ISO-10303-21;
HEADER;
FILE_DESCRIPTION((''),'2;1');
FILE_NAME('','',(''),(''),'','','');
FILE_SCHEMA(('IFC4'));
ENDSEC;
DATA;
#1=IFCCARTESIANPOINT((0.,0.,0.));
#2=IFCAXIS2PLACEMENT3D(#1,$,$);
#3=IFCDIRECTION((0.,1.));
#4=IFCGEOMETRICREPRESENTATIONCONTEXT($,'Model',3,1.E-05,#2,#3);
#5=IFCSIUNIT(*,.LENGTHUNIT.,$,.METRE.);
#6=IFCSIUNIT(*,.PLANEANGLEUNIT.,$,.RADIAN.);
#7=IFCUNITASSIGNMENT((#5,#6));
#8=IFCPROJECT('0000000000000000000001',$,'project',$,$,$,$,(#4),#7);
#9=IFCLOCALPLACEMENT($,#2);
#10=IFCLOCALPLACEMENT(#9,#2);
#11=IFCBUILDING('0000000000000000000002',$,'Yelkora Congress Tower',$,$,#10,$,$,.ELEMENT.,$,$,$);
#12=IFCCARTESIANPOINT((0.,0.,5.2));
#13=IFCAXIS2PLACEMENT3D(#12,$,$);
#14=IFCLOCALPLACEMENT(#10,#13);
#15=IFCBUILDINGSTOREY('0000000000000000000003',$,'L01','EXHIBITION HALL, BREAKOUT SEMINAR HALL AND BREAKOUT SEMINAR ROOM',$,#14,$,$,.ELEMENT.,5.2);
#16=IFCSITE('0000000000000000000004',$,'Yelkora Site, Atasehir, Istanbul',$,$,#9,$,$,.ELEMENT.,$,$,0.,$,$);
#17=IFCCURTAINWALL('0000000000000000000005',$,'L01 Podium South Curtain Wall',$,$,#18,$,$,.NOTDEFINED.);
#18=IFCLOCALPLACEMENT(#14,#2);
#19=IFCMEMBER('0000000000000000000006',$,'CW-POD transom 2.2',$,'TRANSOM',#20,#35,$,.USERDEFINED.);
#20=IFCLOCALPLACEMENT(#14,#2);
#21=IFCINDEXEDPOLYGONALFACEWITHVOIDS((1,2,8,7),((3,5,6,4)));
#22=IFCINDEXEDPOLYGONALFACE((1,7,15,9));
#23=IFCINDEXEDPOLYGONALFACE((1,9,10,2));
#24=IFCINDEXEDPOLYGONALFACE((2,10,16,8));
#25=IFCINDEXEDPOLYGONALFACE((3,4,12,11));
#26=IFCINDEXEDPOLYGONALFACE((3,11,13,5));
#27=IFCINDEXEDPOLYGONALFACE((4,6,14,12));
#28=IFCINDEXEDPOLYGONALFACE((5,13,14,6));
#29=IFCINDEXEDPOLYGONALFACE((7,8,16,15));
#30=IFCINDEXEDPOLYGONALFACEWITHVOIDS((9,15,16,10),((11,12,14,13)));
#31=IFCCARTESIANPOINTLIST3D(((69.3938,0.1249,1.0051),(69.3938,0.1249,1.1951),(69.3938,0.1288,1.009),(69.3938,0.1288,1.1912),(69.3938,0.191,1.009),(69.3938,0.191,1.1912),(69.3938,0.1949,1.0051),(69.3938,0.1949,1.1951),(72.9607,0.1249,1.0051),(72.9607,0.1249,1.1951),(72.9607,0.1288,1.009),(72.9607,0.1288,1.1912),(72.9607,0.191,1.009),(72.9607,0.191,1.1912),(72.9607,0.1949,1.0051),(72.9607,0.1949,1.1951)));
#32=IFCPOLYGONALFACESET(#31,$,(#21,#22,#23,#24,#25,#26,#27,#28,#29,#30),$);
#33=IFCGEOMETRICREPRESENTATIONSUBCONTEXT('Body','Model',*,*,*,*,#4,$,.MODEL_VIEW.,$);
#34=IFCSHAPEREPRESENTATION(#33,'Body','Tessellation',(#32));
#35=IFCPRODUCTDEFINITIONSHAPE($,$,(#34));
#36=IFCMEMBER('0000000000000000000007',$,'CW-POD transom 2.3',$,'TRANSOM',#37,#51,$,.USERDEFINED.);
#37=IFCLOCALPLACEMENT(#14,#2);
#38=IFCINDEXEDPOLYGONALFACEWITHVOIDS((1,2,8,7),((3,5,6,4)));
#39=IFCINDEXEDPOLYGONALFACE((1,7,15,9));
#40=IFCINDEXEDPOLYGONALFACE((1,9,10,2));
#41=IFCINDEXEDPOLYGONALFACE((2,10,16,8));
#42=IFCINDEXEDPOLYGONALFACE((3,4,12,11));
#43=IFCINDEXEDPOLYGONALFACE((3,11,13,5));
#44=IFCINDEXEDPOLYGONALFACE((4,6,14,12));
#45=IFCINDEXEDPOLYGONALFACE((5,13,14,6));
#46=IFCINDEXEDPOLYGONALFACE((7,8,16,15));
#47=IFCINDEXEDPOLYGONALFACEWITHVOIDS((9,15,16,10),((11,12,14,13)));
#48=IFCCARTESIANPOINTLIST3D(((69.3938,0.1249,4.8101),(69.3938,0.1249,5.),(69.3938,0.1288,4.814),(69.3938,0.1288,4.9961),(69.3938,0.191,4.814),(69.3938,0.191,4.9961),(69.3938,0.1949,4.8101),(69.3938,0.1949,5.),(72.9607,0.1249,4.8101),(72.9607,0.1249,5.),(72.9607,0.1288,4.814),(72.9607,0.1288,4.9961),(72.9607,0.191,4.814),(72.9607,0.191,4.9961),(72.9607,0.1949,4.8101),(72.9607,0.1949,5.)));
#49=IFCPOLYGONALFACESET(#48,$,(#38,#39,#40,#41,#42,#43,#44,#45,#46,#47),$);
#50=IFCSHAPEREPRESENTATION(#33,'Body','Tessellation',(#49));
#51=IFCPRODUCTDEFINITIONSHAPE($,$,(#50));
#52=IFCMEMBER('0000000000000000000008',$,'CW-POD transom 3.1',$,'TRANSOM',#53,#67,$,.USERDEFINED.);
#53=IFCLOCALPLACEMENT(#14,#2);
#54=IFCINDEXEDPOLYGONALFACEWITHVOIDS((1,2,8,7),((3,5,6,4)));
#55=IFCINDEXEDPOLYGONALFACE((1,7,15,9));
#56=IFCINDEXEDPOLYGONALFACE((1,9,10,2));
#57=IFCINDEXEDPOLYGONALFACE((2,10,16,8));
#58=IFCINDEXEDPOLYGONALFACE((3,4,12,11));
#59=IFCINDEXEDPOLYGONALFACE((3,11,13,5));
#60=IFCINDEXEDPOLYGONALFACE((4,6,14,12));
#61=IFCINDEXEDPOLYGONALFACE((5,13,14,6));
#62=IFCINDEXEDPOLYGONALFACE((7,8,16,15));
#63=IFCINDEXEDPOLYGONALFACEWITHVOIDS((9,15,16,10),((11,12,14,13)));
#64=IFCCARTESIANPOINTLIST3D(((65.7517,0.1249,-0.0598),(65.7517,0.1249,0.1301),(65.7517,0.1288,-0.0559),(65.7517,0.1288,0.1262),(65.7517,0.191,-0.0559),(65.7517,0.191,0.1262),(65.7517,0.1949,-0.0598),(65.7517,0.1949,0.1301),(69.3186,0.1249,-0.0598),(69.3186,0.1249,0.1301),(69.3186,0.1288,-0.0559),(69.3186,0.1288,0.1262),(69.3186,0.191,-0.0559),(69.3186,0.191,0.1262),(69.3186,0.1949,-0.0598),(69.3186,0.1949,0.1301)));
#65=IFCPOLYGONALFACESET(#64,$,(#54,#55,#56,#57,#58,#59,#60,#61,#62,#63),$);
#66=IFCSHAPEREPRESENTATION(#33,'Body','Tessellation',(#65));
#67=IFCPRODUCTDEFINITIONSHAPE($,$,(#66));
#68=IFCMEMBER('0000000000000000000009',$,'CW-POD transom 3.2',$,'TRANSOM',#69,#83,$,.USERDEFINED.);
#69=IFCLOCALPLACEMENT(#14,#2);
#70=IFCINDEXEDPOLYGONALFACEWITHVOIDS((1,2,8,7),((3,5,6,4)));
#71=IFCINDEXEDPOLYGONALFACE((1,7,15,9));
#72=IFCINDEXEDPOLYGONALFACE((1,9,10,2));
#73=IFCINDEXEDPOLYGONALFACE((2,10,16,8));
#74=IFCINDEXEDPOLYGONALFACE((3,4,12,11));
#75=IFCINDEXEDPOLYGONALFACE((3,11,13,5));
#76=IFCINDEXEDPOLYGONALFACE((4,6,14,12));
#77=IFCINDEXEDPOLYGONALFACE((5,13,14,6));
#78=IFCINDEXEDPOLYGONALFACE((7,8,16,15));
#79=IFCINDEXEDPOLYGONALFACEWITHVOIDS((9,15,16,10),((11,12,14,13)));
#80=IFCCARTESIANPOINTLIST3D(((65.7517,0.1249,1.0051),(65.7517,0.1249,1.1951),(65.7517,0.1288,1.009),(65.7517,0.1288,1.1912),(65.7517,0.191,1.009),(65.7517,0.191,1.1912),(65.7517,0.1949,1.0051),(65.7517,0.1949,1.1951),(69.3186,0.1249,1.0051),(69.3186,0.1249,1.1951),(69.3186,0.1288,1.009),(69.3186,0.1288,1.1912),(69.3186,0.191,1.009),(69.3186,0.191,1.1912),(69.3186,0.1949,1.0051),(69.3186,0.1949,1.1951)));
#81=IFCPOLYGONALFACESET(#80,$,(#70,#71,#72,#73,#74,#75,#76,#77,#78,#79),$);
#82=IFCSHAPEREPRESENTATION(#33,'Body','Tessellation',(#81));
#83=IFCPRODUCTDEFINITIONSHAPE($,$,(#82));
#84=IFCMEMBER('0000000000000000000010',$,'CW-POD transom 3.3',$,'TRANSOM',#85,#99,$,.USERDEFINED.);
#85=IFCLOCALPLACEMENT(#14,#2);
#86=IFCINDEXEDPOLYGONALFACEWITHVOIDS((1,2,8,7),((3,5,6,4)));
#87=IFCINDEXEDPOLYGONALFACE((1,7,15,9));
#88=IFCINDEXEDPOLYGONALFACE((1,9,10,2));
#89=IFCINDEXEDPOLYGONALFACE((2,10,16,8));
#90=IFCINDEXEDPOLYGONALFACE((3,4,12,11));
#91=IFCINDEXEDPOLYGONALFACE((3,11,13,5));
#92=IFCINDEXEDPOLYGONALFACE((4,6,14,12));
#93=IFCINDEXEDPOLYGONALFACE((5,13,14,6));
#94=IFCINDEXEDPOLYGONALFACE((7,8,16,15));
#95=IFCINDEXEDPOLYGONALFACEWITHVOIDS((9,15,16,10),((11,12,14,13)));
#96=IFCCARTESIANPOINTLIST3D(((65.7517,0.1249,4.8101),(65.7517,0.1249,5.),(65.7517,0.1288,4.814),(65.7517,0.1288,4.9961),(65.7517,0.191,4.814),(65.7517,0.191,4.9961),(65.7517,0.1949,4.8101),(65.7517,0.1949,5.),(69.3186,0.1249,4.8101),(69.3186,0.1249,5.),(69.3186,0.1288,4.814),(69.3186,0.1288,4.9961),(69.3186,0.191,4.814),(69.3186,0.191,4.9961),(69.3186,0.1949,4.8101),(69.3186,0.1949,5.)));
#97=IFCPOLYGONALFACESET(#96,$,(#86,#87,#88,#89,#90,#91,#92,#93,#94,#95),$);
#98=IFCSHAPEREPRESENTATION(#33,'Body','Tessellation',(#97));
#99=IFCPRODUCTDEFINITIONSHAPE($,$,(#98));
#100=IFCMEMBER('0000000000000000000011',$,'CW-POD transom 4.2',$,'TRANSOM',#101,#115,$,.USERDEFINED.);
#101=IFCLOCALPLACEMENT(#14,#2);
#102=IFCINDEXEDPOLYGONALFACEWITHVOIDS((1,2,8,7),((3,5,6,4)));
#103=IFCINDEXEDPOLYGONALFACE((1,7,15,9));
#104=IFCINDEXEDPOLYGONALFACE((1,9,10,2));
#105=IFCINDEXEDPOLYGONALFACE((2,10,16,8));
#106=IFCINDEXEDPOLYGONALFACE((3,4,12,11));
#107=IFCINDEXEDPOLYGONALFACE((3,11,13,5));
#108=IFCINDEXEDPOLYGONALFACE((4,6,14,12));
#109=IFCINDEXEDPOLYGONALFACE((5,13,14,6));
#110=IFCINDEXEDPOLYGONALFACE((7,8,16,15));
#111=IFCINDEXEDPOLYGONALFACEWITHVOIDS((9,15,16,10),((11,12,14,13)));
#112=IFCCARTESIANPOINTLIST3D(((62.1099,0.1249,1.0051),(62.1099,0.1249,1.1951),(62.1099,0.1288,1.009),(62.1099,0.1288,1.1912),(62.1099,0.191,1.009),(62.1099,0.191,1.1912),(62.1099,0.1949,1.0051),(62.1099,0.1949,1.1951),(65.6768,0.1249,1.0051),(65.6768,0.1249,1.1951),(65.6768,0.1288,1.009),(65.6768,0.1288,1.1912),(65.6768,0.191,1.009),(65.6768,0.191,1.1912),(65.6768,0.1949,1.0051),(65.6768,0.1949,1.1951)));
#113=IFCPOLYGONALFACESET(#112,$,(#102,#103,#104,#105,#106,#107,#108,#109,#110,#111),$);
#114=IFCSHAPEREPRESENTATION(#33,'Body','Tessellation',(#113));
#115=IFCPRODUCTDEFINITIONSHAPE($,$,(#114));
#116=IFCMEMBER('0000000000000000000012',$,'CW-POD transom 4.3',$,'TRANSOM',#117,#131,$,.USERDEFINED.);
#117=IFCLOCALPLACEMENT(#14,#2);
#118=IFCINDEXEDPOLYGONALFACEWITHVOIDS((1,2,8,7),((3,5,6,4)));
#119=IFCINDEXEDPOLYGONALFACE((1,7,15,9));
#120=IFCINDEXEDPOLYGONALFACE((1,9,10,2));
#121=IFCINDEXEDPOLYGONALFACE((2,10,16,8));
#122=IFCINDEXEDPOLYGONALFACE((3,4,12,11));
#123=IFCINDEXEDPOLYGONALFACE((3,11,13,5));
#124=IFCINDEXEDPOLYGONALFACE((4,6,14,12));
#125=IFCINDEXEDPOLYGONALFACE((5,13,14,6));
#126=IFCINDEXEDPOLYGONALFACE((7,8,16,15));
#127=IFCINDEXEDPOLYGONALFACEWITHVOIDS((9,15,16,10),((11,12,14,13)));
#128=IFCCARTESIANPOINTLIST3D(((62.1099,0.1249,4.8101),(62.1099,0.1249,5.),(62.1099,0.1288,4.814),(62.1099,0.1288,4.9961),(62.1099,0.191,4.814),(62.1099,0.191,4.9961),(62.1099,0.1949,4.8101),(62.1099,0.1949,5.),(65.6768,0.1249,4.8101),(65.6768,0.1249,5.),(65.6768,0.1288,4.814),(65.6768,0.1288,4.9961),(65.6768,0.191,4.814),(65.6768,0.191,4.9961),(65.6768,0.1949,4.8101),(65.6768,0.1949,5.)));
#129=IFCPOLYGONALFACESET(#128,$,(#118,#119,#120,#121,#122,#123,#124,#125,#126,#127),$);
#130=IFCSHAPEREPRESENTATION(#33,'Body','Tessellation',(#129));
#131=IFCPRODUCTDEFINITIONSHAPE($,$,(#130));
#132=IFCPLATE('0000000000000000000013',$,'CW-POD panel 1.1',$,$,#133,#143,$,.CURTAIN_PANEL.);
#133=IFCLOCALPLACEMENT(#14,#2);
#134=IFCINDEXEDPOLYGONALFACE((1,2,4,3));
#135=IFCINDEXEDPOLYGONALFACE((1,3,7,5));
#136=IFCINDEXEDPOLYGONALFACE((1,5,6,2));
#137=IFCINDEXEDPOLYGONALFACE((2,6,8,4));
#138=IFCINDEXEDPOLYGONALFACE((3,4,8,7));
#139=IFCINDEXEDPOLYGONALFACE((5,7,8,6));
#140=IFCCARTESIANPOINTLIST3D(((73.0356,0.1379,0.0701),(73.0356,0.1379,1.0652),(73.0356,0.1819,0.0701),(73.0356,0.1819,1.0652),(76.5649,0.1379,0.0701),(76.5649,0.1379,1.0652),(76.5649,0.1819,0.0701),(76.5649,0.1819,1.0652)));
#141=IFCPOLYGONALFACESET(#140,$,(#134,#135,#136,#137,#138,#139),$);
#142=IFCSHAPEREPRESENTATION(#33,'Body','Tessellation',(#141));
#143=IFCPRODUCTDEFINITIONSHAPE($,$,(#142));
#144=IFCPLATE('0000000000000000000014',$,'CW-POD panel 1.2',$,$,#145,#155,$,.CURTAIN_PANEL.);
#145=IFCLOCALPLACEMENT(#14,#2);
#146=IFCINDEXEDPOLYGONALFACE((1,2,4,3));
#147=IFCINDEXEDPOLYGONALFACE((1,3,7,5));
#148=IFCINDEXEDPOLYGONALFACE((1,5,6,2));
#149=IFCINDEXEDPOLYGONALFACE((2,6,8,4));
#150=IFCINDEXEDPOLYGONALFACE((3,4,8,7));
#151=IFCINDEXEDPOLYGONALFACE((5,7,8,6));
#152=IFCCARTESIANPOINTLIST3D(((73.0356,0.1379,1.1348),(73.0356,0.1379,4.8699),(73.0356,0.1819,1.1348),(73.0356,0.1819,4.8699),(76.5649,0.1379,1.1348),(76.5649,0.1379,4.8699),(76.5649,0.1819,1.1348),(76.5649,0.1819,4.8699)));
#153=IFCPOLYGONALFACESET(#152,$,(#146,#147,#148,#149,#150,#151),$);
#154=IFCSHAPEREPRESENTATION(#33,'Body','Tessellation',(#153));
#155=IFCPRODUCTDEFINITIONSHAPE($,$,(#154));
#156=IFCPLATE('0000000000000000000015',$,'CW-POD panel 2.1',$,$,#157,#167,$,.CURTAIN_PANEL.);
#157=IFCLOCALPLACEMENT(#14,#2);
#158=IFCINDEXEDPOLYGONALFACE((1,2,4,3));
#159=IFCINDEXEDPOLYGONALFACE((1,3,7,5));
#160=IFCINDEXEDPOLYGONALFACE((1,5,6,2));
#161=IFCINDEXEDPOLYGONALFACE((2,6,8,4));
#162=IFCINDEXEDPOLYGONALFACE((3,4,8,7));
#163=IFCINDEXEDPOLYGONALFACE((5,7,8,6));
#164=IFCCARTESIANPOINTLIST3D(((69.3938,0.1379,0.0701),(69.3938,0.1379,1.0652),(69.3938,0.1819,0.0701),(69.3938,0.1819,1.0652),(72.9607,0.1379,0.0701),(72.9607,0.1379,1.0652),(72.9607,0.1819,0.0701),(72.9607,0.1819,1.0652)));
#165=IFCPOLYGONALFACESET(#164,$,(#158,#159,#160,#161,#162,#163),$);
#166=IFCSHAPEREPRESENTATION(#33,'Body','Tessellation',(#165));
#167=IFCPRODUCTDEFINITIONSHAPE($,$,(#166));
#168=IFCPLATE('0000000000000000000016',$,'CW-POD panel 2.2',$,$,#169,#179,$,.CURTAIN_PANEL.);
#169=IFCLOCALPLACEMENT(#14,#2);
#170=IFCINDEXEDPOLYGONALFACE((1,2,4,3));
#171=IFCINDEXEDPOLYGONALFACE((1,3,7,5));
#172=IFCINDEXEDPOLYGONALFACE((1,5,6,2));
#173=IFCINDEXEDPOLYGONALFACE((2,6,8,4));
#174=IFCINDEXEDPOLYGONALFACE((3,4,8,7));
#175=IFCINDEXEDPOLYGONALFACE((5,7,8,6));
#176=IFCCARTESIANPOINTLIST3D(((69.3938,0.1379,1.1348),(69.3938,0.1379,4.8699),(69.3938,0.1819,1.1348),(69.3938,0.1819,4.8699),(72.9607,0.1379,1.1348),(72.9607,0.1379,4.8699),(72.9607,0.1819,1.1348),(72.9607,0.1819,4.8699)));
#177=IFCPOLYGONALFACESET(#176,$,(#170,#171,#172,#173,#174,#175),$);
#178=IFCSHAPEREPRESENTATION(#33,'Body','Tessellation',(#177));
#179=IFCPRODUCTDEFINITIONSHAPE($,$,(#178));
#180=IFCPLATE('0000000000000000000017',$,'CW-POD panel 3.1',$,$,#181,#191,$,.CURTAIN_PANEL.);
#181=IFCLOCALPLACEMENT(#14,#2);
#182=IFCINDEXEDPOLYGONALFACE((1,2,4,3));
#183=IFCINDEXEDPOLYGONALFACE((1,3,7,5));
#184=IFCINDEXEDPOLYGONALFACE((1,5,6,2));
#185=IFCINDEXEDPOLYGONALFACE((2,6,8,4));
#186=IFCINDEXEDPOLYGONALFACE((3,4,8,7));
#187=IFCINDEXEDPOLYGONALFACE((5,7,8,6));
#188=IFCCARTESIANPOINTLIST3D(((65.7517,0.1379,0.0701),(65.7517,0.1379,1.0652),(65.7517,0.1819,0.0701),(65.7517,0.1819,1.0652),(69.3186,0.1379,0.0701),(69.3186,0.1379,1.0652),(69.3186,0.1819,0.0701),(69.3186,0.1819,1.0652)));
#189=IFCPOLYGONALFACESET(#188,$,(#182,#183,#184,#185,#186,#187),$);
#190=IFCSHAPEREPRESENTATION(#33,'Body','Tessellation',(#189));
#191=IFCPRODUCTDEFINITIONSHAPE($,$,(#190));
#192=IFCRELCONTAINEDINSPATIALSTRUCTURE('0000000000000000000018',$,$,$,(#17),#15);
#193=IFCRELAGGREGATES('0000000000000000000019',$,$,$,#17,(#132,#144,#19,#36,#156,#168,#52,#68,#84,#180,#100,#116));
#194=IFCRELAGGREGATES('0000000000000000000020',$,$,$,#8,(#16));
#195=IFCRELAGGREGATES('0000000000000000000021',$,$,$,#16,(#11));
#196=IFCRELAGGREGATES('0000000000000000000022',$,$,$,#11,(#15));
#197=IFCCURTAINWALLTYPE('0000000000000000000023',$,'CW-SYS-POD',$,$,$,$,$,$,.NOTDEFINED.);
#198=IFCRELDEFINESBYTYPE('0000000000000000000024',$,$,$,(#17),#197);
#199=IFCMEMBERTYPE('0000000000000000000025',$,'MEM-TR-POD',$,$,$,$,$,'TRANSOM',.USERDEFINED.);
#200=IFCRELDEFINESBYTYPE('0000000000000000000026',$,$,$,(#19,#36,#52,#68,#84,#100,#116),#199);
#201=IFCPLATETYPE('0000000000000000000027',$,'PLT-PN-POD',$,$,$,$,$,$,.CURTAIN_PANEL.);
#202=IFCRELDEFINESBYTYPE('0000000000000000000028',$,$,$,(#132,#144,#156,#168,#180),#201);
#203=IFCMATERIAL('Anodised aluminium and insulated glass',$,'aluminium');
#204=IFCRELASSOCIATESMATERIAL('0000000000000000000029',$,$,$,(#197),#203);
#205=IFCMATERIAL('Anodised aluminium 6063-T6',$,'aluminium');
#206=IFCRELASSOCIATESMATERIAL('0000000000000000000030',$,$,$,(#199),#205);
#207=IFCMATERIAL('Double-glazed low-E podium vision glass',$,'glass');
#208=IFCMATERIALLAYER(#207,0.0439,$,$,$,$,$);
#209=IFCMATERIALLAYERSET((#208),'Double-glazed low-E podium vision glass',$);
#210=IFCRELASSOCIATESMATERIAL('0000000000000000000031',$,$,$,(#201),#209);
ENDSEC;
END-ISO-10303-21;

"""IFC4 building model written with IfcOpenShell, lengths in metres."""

from ifc_helpers import new_model, si_unit, direction, frame, origin, origin_2d, place, context, subcontext, project, spatial, rectangle, hollow_rectangle, extrude, material, layer, layer_set, material_profile, profile_set, type_object, element, aggregate, save


model = new_model("IFC4")

# Units and contexts
model_context = context("Model", 3, precision=1e-05, world=origin(), true_north=direction((0.0, 1.0)))
body_context = subcontext(model_context, "Body", "Model", "MODEL_VIEW")
ifc_project = project(units=[si_unit("LENGTHUNIT", "METRE"), si_unit("PLANEANGLEUNIT", "RADIAN")], contexts=[model_context])

# Site, building, storey
site_placement = place(None, origin())
site = spatial("IfcSite", under=ifc_project, at=site_placement, Name="Yelkora Site, Atasehir, Istanbul", CompositionType="ELEMENT", RefElevation=0.0)
building_placement = place(site_placement, origin())
building = spatial("IfcBuilding", under=site, at=building_placement, Name="Yelkora Congress Tower", CompositionType="ELEMENT")
storey_placement = place(building_placement, frame((0.0, 0.0, 5.2)))
storey = spatial("IfcBuildingStorey", under=building, at=storey_placement, Name="L01", Description="EXHIBITION HALL, BREAKOUT SEMINAR HALL AND BREAKOUT SEMINAR ROOM", CompositionType="ELEMENT", Elevation=5.2)

# Curtain wall, members, plates
ifc_material_1 = material(Name="Anodised aluminium and insulated glass", Category="aluminium")
curtain_wall_type = type_object("IfcCurtainWallType", Name="CW-SYS-POD", PredefinedType="NOTDEFINED", material=ifc_material_1)
curtain_wall_placement = place(storey_placement, origin())
curtain_wall = element("IfcCurtainWall", 1, at=curtain_wall_placement, inside=storey, type_object=curtain_wall_type, Name="L01 Podium South Curtain Wall", PredefinedType="NOTDEFINED")
ifc_material_2 = material(Name="Anodised aluminium 6063-T6", Category="aluminium")
ifc_material_profile_1 = material_profile(ifc_material_2, hollow_rectangle(XDim=0.0701, YDim=0.1899, WallThickness=0.0039, at=origin_2d()), Name="ALU 70x190x4")
ifc_profile_set_1 = profile_set([ifc_material_profile_1], Name="Anodised aluminium 6063-T6")
member_type_1 = type_object("IfcMemberType", Name="MEM-TR-POD", ElementType="TRANSOM", PredefinedType="USERDEFINED", material=ifc_profile_set_1)
member_1_placement = place(storey_placement, frame((72.9607, 0.1599, 1.1001), z_axis=(-1.0, 0.0, 0.0), x_axis=(0.0, -1.0, 0.0)))
member_1 = element("IfcMember", 2, at=member_1_placement, type_object=member_type_1, Name="CW-POD transom 2.2", ObjectType="TRANSOM", PredefinedType="USERDEFINED", context=body_context, shape_type="SweptSolid", body=[
    extrude(hollow_rectangle(XDim=0.0701, YDim=0.1899, WallThickness=0.0039, at=origin_2d()), origin(), (0.0, 0.0, 1.0), 3.5669),
])
member_2_placement = place(storey_placement, frame((72.9607, 0.1599, 4.905), z_axis=(-1.0, 0.0, 0.0), x_axis=(0.0, -1.0, 0.0)))
member_2 = element("IfcMember", 3, at=member_2_placement, type_object=member_type_1, Name="CW-POD transom 2.3", ObjectType="TRANSOM", PredefinedType="USERDEFINED", context=body_context, shape_type="SweptSolid", body=[
    extrude(hollow_rectangle(XDim=0.0701, YDim=0.1899, WallThickness=0.0039, at=origin_2d()), origin(), (0.0, 0.0, 1.0), 3.5669),
])
member_3_placement = place(storey_placement, frame((69.3186, 0.1599, 0.0352), z_axis=(-1.0, 0.0, 0.0), x_axis=(0.0, -1.0, 0.0)))
member_3 = element("IfcMember", 4, at=member_3_placement, type_object=member_type_1, Name="CW-POD transom 3.1", ObjectType="TRANSOM", PredefinedType="USERDEFINED", context=body_context, shape_type="SweptSolid", body=[
    extrude(hollow_rectangle(XDim=0.0701, YDim=0.1899, WallThickness=0.0039, at=origin_2d()), origin(), (0.0, 0.0, 1.0), 3.5669),
])
member_4_placement = place(storey_placement, frame((69.3186, 0.1599, 1.1001), z_axis=(-1.0, 0.0, 0.0), x_axis=(0.0, -1.0, 0.0)))
member_4 = element("IfcMember", 5, at=member_4_placement, type_object=member_type_1, Name="CW-POD transom 3.2", ObjectType="TRANSOM", PredefinedType="USERDEFINED", context=body_context, shape_type="SweptSolid", body=[
    extrude(hollow_rectangle(XDim=0.0701, YDim=0.1899, WallThickness=0.0039, at=origin_2d()), origin(), (0.0, 0.0, 1.0), 3.5669),
])
member_5_placement = place(storey_placement, frame((69.3186, 0.1599, 4.905), z_axis=(-1.0, 0.0, 0.0), x_axis=(0.0, -1.0, 0.0)))
member_5 = element("IfcMember", 6, at=member_5_placement, type_object=member_type_1, Name="CW-POD transom 3.3", ObjectType="TRANSOM", PredefinedType="USERDEFINED", context=body_context, shape_type="SweptSolid", body=[
    extrude(hollow_rectangle(XDim=0.0701, YDim=0.1899, WallThickness=0.0039, at=origin_2d()), origin(), (0.0, 0.0, 1.0), 3.5669),
])
member_6_placement = place(storey_placement, frame((65.6768, 0.1599, 1.1001), z_axis=(-1.0, 0.0, 0.0), x_axis=(0.0, -1.0, 0.0)))
member_6 = element("IfcMember", 7, at=member_6_placement, type_object=member_type_1, Name="CW-POD transom 4.2", ObjectType="TRANSOM", PredefinedType="USERDEFINED", context=body_context, shape_type="SweptSolid", body=[
    extrude(hollow_rectangle(XDim=0.0701, YDim=0.1899, WallThickness=0.0039, at=origin_2d()), origin(), (0.0, 0.0, 1.0), 3.5669),
])
member_7_placement = place(storey_placement, frame((65.6768, 0.1599, 4.905), z_axis=(-1.0, 0.0, 0.0), x_axis=(0.0, -1.0, 0.0)))
member_7 = element("IfcMember", 8, at=member_7_placement, type_object=member_type_1, Name="CW-POD transom 4.3", ObjectType="TRANSOM", PredefinedType="USERDEFINED", context=body_context, shape_type="SweptSolid", body=[
    extrude(hollow_rectangle(XDim=0.0701, YDim=0.1899, WallThickness=0.0039, at=origin_2d()), origin(), (0.0, 0.0, 1.0), 3.5669),
])
ifc_material_3 = material(Name="Double-glazed low-E podium vision glass", Category="glass")
ifc_layer = layer(ifc_material_3, 0.0439)
ifc_layer_set = layer_set([ifc_layer], Name="Double-glazed low-E podium vision glass")
plate_type = type_object("IfcPlateType", Name="PLT-PN-POD", PredefinedType="CURTAIN_PANEL", material=ifc_layer_set)
plate_1_placement = place(storey_placement, frame((74.8003, 0.1599, 0.0701), z_axis=(0.0, 0.0, 1.0), x_axis=(-1.0, 0.0, 0.0)))
plate_1 = element("IfcPlate", 9, at=plate_1_placement, type_object=plate_type, Name="CW-POD panel 1.1", PredefinedType="CURTAIN_PANEL", context=body_context, shape_type="SweptSolid", body=[
    extrude(rectangle(XDim=3.5293, YDim=0.0439, at=origin_2d()), origin(), (0.0, 0.0, 1.0), 0.9951),
])
plate_2_placement = place(storey_placement, frame((74.8003, 0.1599, 1.1348), z_axis=(0.0, 0.0, 1.0), x_axis=(-1.0, 0.0, 0.0)))
plate_2 = element("IfcPlate", 10, at=plate_2_placement, type_object=plate_type, Name="CW-POD panel 1.2", PredefinedType="CURTAIN_PANEL", context=body_context, shape_type="SweptSolid", body=[
    extrude(rectangle(XDim=3.5293, YDim=0.0439, at=origin_2d()), origin(), (0.0, 0.0, 1.0), 3.7351),
])
plate_3_placement = place(storey_placement, frame((71.1772, 0.1599, 0.0701), z_axis=(0.0, 0.0, 1.0), x_axis=(-1.0, 0.0, 0.0)))
plate_3 = element("IfcPlate", 11, at=plate_3_placement, type_object=plate_type, Name="CW-POD panel 2.1", PredefinedType="CURTAIN_PANEL", context=body_context, shape_type="SweptSolid", body=[
    extrude(rectangle(XDim=3.5669, YDim=0.0439, at=origin_2d()), origin(), (0.0, 0.0, 1.0), 0.9951),
])
plate_4_placement = place(storey_placement, frame((71.1772, 0.1599, 1.1348), z_axis=(0.0, 0.0, 1.0), x_axis=(-1.0, 0.0, 0.0)))
plate_4 = element("IfcPlate", 12, at=plate_4_placement, type_object=plate_type, Name="CW-POD panel 2.2", PredefinedType="CURTAIN_PANEL", context=body_context, shape_type="SweptSolid", body=[
    extrude(rectangle(XDim=3.5669, YDim=0.0439, at=origin_2d()), origin(), (0.0, 0.0, 1.0), 3.7351),
])
plate_5_placement = place(storey_placement, frame((67.5352, 0.1599, 0.0701), z_axis=(0.0, 0.0, 1.0), x_axis=(-1.0, 0.0, 0.0)))
plate_5 = element("IfcPlate", 13, at=plate_5_placement, type_object=plate_type, Name="CW-POD panel 3.1", PredefinedType="CURTAIN_PANEL", context=body_context, shape_type="SweptSolid", body=[
    extrude(rectangle(XDim=3.5669, YDim=0.0439, at=origin_2d()), origin(), (0.0, 0.0, 1.0), 0.9951),
])
aggregate(curtain_wall, [plate_1, plate_2, member_1, member_2, plate_3, plate_4, member_3, member_4, member_5, plate_5, member_6, member_7])

save(model, "model.ifc")
